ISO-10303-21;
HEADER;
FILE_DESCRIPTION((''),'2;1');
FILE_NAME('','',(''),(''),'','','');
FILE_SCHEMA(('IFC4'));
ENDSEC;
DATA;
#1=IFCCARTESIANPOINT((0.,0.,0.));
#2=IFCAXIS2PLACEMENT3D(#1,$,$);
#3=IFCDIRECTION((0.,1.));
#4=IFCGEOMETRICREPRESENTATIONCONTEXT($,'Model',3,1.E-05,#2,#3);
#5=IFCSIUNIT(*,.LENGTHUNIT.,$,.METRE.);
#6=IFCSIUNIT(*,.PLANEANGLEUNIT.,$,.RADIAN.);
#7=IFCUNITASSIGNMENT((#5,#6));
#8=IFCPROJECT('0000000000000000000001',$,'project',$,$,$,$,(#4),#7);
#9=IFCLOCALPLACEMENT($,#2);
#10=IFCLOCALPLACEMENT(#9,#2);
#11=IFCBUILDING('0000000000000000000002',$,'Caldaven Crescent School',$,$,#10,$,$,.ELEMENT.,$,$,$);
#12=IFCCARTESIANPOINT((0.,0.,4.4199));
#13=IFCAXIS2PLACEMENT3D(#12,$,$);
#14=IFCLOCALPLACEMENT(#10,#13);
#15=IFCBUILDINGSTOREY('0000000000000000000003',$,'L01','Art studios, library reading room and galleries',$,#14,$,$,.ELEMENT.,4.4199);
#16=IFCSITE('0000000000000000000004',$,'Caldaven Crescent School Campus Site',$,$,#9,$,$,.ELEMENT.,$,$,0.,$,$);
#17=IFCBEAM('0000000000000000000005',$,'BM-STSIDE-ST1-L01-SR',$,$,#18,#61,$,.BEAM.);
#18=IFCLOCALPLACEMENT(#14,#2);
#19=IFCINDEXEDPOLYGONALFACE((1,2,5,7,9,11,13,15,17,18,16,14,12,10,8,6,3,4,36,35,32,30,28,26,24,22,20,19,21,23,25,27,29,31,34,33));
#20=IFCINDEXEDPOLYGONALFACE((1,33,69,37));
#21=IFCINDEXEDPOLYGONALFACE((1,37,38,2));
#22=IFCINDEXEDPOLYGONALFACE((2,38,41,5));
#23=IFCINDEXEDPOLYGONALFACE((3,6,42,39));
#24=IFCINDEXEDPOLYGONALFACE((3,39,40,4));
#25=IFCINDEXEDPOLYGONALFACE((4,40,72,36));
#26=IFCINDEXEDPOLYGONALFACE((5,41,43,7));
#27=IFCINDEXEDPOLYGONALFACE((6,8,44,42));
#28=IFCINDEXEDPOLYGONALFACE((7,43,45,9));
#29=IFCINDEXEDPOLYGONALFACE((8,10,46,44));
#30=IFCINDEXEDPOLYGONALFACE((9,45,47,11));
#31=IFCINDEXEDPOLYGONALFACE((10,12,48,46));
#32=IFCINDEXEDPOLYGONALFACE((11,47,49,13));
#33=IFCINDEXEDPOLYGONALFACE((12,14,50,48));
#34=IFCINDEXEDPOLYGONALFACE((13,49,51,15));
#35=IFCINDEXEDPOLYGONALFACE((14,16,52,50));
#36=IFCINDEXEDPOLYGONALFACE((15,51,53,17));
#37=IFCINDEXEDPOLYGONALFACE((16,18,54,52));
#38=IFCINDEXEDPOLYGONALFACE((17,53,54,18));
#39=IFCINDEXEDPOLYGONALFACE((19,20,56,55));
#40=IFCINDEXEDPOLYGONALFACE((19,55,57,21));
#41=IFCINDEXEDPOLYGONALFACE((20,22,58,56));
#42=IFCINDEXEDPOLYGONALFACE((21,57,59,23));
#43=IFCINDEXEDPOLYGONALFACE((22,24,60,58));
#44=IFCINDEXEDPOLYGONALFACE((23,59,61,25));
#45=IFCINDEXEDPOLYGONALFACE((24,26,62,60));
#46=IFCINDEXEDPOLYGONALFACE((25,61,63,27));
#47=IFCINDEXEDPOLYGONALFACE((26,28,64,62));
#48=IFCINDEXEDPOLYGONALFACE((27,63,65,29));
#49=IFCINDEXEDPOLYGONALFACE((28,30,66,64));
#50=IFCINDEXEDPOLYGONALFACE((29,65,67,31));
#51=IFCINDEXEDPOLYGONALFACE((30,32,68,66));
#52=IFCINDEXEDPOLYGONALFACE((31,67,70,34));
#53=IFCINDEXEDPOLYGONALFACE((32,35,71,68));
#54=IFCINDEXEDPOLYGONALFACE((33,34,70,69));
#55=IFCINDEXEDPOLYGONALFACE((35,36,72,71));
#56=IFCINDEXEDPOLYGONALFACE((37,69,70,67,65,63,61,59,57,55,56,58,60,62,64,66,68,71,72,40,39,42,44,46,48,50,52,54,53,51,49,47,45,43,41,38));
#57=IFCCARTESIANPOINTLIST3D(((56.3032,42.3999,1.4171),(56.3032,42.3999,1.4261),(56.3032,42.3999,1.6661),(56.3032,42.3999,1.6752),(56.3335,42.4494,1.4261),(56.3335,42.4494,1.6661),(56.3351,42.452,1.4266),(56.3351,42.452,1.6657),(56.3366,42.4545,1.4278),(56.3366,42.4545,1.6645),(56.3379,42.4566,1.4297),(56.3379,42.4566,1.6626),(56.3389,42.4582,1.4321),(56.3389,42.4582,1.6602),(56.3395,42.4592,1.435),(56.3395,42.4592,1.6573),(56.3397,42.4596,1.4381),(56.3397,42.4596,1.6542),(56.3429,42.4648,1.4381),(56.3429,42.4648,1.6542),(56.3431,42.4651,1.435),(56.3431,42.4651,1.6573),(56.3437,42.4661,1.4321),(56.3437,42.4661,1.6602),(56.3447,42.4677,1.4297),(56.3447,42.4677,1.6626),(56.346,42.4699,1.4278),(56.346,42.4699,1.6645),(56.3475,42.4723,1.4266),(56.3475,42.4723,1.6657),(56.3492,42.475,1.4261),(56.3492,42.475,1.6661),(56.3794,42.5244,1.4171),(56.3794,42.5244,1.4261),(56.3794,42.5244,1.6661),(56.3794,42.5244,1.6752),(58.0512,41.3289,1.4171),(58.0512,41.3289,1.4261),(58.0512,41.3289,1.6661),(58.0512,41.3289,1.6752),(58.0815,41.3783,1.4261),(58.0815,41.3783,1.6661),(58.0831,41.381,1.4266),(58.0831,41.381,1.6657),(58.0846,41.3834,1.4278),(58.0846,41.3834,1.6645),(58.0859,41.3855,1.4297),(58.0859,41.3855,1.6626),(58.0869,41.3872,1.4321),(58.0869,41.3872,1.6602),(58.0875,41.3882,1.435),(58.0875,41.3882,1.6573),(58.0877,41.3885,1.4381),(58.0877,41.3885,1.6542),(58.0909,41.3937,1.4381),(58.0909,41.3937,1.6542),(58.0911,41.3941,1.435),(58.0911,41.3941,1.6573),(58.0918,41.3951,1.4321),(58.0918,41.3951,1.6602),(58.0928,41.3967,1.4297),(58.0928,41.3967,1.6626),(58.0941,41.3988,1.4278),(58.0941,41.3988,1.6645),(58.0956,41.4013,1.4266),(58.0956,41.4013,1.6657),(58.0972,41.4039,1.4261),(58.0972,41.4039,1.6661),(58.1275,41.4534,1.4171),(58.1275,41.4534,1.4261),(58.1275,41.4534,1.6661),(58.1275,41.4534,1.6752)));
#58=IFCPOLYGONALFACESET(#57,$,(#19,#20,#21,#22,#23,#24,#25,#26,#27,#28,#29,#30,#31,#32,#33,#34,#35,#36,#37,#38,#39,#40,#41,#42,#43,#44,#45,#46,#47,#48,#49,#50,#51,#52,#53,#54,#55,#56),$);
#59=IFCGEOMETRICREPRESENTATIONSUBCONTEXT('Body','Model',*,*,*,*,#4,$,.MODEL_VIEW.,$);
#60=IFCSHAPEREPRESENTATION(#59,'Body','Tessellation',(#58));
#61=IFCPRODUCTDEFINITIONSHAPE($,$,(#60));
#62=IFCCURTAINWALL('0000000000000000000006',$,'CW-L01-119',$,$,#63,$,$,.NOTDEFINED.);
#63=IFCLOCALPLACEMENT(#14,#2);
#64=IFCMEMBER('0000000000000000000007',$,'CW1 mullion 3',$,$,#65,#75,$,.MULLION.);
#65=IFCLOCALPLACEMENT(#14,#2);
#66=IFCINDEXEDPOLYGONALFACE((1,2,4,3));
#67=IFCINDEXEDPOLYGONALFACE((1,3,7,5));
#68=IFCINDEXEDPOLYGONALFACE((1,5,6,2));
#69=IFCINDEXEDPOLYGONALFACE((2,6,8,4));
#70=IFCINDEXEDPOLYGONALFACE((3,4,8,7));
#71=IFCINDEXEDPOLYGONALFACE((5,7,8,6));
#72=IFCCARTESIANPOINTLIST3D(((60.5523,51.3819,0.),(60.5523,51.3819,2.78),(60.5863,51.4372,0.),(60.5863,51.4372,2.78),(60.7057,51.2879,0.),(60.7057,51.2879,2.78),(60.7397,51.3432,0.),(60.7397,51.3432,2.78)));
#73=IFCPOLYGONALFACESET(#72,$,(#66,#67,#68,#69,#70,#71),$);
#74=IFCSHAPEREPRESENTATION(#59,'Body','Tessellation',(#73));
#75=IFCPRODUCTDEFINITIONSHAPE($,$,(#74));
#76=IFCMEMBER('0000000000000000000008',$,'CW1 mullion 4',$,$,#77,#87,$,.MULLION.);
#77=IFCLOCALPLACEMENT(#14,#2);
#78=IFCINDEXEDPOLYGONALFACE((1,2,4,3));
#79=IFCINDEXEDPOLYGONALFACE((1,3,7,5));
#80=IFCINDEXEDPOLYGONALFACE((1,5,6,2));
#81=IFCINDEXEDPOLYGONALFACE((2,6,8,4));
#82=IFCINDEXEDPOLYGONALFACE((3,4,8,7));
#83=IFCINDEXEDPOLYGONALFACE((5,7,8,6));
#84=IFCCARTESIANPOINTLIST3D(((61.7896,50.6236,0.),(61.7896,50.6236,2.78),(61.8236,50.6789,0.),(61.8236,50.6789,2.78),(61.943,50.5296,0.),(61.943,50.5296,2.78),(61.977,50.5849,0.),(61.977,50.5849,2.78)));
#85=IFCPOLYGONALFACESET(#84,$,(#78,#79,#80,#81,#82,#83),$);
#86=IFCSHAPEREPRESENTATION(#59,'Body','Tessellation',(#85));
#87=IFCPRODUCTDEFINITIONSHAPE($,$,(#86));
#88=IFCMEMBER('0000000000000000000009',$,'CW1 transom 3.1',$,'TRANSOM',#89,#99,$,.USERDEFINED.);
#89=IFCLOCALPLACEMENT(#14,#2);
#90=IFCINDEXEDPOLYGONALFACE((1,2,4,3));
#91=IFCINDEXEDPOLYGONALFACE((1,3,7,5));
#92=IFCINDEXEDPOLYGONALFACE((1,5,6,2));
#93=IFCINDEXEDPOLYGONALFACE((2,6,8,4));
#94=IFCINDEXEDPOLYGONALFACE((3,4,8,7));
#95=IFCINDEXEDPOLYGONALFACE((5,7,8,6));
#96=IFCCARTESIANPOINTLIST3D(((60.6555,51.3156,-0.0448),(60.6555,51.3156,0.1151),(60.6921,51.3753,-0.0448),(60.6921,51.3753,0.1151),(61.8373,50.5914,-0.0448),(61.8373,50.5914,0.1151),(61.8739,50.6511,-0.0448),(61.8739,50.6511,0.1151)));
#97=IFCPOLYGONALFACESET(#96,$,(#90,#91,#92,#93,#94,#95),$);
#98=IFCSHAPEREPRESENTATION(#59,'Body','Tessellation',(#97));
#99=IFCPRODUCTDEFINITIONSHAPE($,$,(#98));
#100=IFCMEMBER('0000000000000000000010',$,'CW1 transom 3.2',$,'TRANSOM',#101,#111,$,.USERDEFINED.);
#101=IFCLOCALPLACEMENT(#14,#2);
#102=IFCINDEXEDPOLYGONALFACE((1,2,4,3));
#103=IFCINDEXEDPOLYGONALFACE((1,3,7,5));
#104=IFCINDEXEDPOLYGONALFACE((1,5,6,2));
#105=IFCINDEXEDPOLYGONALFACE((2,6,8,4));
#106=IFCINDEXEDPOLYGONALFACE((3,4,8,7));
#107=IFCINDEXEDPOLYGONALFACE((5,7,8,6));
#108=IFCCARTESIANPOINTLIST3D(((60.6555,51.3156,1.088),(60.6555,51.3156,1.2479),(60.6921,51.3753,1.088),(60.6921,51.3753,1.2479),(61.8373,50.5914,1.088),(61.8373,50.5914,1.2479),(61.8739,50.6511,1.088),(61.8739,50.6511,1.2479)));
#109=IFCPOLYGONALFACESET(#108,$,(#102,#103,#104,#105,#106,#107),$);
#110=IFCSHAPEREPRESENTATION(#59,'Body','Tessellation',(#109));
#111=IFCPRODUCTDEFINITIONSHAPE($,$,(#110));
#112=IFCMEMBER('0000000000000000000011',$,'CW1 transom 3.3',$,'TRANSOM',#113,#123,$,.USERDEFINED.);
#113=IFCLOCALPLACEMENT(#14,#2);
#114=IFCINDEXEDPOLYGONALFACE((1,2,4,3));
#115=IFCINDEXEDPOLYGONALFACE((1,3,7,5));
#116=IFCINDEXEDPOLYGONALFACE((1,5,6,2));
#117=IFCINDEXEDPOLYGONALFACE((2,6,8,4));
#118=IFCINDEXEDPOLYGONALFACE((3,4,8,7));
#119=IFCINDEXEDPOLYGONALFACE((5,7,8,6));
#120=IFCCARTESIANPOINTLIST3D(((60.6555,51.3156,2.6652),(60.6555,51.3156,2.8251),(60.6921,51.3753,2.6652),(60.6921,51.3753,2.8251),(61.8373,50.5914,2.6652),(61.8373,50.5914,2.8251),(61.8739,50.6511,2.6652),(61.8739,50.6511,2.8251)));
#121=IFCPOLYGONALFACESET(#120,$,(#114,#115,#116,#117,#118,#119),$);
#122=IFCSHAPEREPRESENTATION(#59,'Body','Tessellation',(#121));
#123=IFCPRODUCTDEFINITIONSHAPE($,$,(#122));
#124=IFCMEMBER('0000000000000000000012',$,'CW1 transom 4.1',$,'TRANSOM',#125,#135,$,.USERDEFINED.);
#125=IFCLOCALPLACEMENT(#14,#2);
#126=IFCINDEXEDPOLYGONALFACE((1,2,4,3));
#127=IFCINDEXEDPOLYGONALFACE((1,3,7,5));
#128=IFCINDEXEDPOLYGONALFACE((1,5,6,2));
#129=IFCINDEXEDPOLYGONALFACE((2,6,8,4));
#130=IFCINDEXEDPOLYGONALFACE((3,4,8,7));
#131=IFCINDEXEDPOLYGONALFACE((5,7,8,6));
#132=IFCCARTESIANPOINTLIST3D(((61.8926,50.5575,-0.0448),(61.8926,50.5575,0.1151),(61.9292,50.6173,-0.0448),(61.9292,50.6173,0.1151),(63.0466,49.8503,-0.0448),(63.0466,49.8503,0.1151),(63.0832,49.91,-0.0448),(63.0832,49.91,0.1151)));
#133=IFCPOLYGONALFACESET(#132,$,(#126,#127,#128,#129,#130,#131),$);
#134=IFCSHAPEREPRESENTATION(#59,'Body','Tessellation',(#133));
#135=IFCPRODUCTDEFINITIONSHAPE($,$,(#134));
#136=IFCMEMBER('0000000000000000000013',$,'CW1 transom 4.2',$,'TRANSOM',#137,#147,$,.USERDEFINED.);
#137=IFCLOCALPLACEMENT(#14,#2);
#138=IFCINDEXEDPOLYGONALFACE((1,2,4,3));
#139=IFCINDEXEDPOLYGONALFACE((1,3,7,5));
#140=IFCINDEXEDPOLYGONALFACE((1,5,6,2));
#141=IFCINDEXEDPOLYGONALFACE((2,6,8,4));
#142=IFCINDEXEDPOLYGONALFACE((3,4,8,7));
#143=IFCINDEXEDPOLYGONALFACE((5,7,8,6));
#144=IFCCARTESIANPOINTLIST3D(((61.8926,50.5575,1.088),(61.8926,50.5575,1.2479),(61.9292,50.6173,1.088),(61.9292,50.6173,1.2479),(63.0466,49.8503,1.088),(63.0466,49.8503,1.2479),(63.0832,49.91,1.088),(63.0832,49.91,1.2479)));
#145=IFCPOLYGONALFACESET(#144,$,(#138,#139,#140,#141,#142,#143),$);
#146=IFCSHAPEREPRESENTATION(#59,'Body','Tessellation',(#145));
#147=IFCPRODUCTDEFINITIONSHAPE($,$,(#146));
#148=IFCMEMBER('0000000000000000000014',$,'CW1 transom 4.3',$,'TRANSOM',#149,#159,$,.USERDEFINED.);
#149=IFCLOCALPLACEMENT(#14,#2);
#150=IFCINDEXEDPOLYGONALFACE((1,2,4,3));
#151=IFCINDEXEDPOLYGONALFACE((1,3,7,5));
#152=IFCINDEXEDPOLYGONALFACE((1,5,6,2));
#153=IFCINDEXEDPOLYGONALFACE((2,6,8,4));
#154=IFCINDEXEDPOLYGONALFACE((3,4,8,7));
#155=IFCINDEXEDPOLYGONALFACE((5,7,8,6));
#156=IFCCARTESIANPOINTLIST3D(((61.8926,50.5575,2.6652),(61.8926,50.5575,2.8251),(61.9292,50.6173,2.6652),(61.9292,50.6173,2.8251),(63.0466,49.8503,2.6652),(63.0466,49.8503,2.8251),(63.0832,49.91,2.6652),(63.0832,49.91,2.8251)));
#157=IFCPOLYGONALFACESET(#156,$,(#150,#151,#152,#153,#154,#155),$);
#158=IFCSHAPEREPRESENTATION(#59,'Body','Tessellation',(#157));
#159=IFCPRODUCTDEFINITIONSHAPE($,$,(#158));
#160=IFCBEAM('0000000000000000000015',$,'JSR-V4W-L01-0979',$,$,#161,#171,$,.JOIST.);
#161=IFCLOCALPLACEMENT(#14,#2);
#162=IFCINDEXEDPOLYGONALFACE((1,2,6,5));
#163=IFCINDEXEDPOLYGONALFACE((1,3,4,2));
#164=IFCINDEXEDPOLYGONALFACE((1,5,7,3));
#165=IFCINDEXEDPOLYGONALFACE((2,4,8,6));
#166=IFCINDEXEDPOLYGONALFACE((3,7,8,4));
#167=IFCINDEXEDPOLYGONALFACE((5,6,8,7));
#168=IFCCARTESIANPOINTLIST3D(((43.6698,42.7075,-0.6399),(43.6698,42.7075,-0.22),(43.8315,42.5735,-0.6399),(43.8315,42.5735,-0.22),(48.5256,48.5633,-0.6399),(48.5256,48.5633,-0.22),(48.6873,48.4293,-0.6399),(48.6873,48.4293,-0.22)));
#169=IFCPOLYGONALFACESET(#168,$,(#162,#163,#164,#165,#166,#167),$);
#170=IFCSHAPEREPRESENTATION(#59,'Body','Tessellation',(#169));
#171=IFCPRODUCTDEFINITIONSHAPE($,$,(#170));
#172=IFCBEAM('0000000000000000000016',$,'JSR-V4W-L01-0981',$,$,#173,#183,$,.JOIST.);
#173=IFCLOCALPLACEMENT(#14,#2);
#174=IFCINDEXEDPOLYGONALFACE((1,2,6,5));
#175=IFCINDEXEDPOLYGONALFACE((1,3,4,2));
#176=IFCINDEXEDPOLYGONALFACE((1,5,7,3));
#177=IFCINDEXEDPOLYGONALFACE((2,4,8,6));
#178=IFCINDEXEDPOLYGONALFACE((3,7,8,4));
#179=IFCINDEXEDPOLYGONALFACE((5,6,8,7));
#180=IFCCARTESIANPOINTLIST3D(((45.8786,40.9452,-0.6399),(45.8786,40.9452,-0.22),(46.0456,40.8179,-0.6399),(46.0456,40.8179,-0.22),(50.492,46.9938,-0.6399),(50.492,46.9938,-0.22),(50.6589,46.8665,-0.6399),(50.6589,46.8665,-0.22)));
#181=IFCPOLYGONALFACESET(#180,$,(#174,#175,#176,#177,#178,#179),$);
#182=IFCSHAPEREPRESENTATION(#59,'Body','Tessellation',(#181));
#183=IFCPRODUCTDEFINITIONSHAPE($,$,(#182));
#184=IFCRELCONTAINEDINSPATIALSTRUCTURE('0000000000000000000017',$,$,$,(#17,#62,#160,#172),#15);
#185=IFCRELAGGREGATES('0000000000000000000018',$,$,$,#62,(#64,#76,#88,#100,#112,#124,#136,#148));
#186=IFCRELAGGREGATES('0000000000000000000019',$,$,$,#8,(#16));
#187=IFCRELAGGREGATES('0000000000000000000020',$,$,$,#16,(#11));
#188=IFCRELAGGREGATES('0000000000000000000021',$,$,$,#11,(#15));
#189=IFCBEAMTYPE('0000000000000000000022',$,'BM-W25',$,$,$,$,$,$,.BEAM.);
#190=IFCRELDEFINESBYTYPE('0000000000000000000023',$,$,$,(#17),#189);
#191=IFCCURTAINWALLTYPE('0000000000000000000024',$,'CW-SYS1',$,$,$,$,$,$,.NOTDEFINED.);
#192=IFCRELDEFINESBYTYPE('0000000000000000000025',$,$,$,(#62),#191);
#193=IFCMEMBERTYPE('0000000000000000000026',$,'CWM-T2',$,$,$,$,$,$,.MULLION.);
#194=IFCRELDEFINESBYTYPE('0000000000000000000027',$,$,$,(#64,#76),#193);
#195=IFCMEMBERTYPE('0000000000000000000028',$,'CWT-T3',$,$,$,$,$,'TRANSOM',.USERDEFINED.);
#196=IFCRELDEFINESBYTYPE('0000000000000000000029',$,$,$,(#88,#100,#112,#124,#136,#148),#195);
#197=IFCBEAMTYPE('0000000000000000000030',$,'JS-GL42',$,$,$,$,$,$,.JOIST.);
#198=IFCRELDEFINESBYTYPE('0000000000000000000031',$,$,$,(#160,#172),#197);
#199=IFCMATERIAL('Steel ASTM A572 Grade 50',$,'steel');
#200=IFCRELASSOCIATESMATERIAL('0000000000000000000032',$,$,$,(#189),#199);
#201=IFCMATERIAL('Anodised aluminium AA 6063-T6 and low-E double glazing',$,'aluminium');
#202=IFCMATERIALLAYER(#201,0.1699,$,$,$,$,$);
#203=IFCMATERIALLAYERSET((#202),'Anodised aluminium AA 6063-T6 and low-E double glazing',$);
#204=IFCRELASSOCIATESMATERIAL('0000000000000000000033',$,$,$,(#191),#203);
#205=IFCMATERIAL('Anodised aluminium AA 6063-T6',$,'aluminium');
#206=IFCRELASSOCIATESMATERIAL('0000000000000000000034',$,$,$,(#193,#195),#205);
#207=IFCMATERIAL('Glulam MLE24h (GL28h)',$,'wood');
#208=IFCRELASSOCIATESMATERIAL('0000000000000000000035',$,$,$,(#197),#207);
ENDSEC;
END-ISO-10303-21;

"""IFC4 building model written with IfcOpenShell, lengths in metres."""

from ifc_helpers import new_model, si_unit, direction, frame, origin, origin_2d, place, context, subcontext, project, spatial, rectangle, i_section, extrude, material, layer, layer_set, material_profile, profile_set, type_object, element, aggregate, save


model = new_model("IFC4")

# Units and contexts
model_context = context("Model", 3, precision=1e-05, world=origin(), true_north=direction((0.0, 1.0)))
body_context = subcontext(model_context, "Body", "Model", "MODEL_VIEW")
ifc_project = project(units=[si_unit("LENGTHUNIT", "METRE"), si_unit("PLANEANGLEUNIT", "RADIAN")], contexts=[model_context])

# Site, building, storey
site_placement = place(None, origin())
site = spatial("IfcSite", under=ifc_project, at=site_placement, Name="Caldaven Crescent School Campus Site", CompositionType="ELEMENT", RefElevation=0.0)
building_placement = place(site_placement, origin())
building = spatial("IfcBuilding", under=site, at=building_placement, Name="Caldaven Crescent School", CompositionType="ELEMENT")
storey_placement = place(building_placement, frame((0.0, 0.0, 4.4199)))
storey = spatial("IfcBuildingStorey", under=building, at=storey_placement, Name="L01", Description="Art studios, library reading room and galleries", CompositionType="ELEMENT", Elevation=4.4199)

# Shared definitions
ifc_material_1 = material(Name="Glulam MLE24h (GL28h)", Category="wood")

# Beam
ifc_material_2 = material(Name="Steel ASTM A572 Grade 50", Category="steel")
ifc_material_profile_1 = material_profile(ifc_material_2, i_section(OverallWidth=0.146, OverallDepth=0.2581, WebThickness=0.0061, FlangeThickness=0.009, FilletRadius=0.012, at=origin_2d()), Name="W250x33")
ifc_profile_set_1 = profile_set([ifc_material_profile_1], Name="Steel ASTM A572 Grade 50")
beam_type_1 = type_object("IfcBeamType", Name="BM-W25", PredefinedType="BEAM", material=ifc_profile_set_1)
beam_1_placement = place(storey_placement, frame((56.3413, 42.4622, 1.5461), z_axis=(0.852675, -0.522442, 0.0), x_axis=(0.522442, 0.852675, 0.0)))
element("IfcBeam", 1, at=beam_1_placement, inside=storey, type_object=beam_type_1, Name="BM-STSIDE-ST1-L01-SR", PredefinedType="BEAM", context=body_context, shape_type="SweptSolid", body=[
    extrude(i_section(OverallWidth=0.146, OverallDepth=0.2581, WebThickness=0.0061, FlangeThickness=0.009, FilletRadius=0.012, at=origin_2d()), origin(), (0.0, 0.0, 1.0), 2.05),
])

# Curtain wall, members
ifc_material_3 = material(Name="Anodised aluminium AA 6063-T6 and low-E double glazing", Category="aluminium")
ifc_layer_1 = layer(ifc_material_3, 0.1699)
ifc_layer_set_1 = layer_set([ifc_layer_1], Name="Anodised aluminium AA 6063-T6 and low-E double glazing")
curtain_wall_type = type_object("IfcCurtainWallType", Name="CW-SYS1", PredefinedType="NOTDEFINED", material=ifc_layer_set_1)
curtain_wall_placement = place(storey_placement, origin())
curtain_wall = element("IfcCurtainWall", 2, at=curtain_wall_placement, inside=storey, type_object=curtain_wall_type, Name="CW-L01-119", PredefinedType="NOTDEFINED")
ifc_material_4 = material(Name="Anodised aluminium AA 6063-T6", Category="aluminium")
ifc_material_profile_2 = material_profile(ifc_material_4, rectangle(XDim=0.0649, YDim=0.1799, at=origin_2d()), Name="CWM 65x180")
ifc_profile_set_2 = profile_set([ifc_material_profile_2], Name="Anodised aluminium AA 6063-T6")
member_type_1 = type_object("IfcMemberType", Name="CWM-T2", PredefinedType="MULLION", material=ifc_profile_set_2)
member_1_placement = place(storey_placement, frame((60.646, 51.3625, 0.0), z_axis=(0.0, 0.0, 1.0), x_axis=(0.522499, 0.85264, 0.0)))
member_1 = element("IfcMember", 3, at=member_1_placement, type_object=member_type_1, Name="CW1 mullion 3", PredefinedType="MULLION", context=body_context, shape_type="SweptSolid", body=[
    extrude(rectangle(XDim=0.0649, YDim=0.1799, at=origin_2d()), origin(), (0.0, 0.0, 1.0), 2.78),
])
member_2_placement = place(storey_placement, frame((61.8833, 50.6042, 0.0), z_axis=(0.0, 0.0, 1.0), x_axis=(0.522499, 0.85264, 0.0)))
member_2 = element("IfcMember", 4, at=member_2_placement, type_object=member_type_1, Name="CW1 mullion 4", PredefinedType="MULLION", context=body_context, shape_type="SweptSolid", body=[
    extrude(rectangle(XDim=0.0649, YDim=0.1799, at=origin_2d()), origin(), (0.0, 0.0, 1.0), 2.78),
])
ifc_material_profile_3 = material_profile(ifc_material_4, rectangle(XDim=0.0701, YDim=0.1599, at=origin_2d()), Name="CWT 70x160")
ifc_profile_set_3 = profile_set([ifc_material_profile_3], Name="Anodised aluminium AA 6063-T6")
member_type_2 = type_object("IfcMemberType", Name="CWT-T3", ElementType="TRANSOM", PredefinedType="USERDEFINED", material=ifc_profile_set_3)
member_3_placement = place(storey_placement, frame((60.6738, 51.3455, 0.0352), z_axis=(0.852637, -0.522504, 0.0), x_axis=(0.522504, 0.852637, 0.0)))
member_3 = element("IfcMember", 5, at=member_3_placement, type_object=member_type_2, Name="CW1 transom 3.1", ObjectType="TRANSOM", PredefinedType="USERDEFINED", context=body_context, shape_type="SweptSolid", body=[
    extrude(rectangle(XDim=0.0701, YDim=0.1599, at=origin_2d()), origin(), (0.0, 0.0, 1.0), 1.386),
])
member_4_placement = place(storey_placement, frame((60.6738, 51.3455, 1.168), z_axis=(0.852637, -0.522504, 0.0), x_axis=(0.522504, 0.852637, 0.0)))
member_4 = element("IfcMember", 6, at=member_4_placement, type_object=member_type_2, Name="CW1 transom 3.2", ObjectType="TRANSOM", PredefinedType="USERDEFINED", context=body_context, shape_type="SweptSolid", body=[
    extrude(rectangle(XDim=0.0701, YDim=0.1599, at=origin_2d()), origin(), (0.0, 0.0, 1.0), 1.386),
])
member_5_placement = place(storey_placement, frame((60.6738, 51.3455, 2.7451), z_axis=(0.852637, -0.522504, 0.0), x_axis=(0.522504, 0.852637, 0.0)))
member_5 = element("IfcMember", 7, at=member_5_placement, type_object=member_type_2, Name="CW1 transom 3.3", ObjectType="TRANSOM", PredefinedType="USERDEFINED", context=body_context, shape_type="SweptSolid", body=[
    extrude(rectangle(XDim=0.0701, YDim=0.1599, at=origin_2d()), origin(), (0.0, 0.0, 1.0), 1.386),
])
member_6_placement = place(storey_placement, frame((61.9109, 50.5874, 0.0352), z_axis=(0.852617, -0.522537, 0.0), x_axis=(0.522537, 0.852617, 0.0)))
member_6 = element("IfcMember", 8, at=member_6_placement, type_object=member_type_2, Name="CW1 transom 4.1", ObjectType="TRANSOM", PredefinedType="USERDEFINED", context=body_context, shape_type="SweptSolid", body=[
    extrude(rectangle(XDim=0.0701, YDim=0.1599, at=origin_2d()), origin(), (0.0, 0.0, 1.0), 1.3535),
])
member_7_placement = place(storey_placement, frame((61.9109, 50.5874, 1.168), z_axis=(0.852617, -0.522537, 0.0), x_axis=(0.522537, 0.852617, 0.0)))
member_7 = element("IfcMember", 9, at=member_7_placement, type_object=member_type_2, Name="CW1 transom 4.2", ObjectType="TRANSOM", PredefinedType="USERDEFINED", context=body_context, shape_type="SweptSolid", body=[
    extrude(rectangle(XDim=0.0701, YDim=0.1599, at=origin_2d()), origin(), (0.0, 0.0, 1.0), 1.3535),
])
member_8_placement = place(storey_placement, frame((61.9109, 50.5874, 2.7451), z_axis=(0.852617, -0.522537, 0.0), x_axis=(0.522537, 0.852617, 0.0)))
member_8 = element("IfcMember", 10, at=member_8_placement, type_object=member_type_2, Name="CW1 transom 4.3", ObjectType="TRANSOM", PredefinedType="USERDEFINED", context=body_context, shape_type="SweptSolid", body=[
    extrude(rectangle(XDim=0.0701, YDim=0.1599, at=origin_2d()), origin(), (0.0, 0.0, 1.0), 1.3535),
])

# Beams
ifc_material_profile_4 = material_profile(ifc_material_1, rectangle(XDim=0.21, YDim=0.4199, at=origin_2d()), Name="MLE 210x420")
ifc_profile_set_4 = profile_set([ifc_material_profile_4], Name="Glulam MLE24h (GL28h)")
beam_type_2 = type_object("IfcBeamType", Name="JS-GL42", PredefinedType="JOIST", material=ifc_profile_set_4)
for number, where, z_axis, x_axis, name in (
    (11, (48.6064, 48.4963, -0.4299), (-0.638317, -0.769774, 0.0), (0.769774, -0.638317, 0.0), "JSR-V4W-L01-0979"),
    (12, (50.5754, 46.9302, -0.4299), (-0.606445, -0.795125, 0.0), (0.795125, -0.606445, 0.0), "JSR-V4W-L01-0981"),
):
    element("IfcBeam", number, at=place(storey_placement, frame(where, z_axis=z_axis, x_axis=x_axis)), inside=storey, type_object=beam_type_2, Name=name, PredefinedType="JOIST", context=body_context, shape_type="SweptSolid", body=[
        extrude(rectangle(XDim=0.21, YDim=0.4199, at=origin_2d()), origin(), (0.0, 0.0, 1.0), 7.6072),
    ])

aggregate(curtain_wall, [member_1, member_2, member_3, member_4, member_5, member_6, member_7, member_8])

save(model, "model.ifc")
